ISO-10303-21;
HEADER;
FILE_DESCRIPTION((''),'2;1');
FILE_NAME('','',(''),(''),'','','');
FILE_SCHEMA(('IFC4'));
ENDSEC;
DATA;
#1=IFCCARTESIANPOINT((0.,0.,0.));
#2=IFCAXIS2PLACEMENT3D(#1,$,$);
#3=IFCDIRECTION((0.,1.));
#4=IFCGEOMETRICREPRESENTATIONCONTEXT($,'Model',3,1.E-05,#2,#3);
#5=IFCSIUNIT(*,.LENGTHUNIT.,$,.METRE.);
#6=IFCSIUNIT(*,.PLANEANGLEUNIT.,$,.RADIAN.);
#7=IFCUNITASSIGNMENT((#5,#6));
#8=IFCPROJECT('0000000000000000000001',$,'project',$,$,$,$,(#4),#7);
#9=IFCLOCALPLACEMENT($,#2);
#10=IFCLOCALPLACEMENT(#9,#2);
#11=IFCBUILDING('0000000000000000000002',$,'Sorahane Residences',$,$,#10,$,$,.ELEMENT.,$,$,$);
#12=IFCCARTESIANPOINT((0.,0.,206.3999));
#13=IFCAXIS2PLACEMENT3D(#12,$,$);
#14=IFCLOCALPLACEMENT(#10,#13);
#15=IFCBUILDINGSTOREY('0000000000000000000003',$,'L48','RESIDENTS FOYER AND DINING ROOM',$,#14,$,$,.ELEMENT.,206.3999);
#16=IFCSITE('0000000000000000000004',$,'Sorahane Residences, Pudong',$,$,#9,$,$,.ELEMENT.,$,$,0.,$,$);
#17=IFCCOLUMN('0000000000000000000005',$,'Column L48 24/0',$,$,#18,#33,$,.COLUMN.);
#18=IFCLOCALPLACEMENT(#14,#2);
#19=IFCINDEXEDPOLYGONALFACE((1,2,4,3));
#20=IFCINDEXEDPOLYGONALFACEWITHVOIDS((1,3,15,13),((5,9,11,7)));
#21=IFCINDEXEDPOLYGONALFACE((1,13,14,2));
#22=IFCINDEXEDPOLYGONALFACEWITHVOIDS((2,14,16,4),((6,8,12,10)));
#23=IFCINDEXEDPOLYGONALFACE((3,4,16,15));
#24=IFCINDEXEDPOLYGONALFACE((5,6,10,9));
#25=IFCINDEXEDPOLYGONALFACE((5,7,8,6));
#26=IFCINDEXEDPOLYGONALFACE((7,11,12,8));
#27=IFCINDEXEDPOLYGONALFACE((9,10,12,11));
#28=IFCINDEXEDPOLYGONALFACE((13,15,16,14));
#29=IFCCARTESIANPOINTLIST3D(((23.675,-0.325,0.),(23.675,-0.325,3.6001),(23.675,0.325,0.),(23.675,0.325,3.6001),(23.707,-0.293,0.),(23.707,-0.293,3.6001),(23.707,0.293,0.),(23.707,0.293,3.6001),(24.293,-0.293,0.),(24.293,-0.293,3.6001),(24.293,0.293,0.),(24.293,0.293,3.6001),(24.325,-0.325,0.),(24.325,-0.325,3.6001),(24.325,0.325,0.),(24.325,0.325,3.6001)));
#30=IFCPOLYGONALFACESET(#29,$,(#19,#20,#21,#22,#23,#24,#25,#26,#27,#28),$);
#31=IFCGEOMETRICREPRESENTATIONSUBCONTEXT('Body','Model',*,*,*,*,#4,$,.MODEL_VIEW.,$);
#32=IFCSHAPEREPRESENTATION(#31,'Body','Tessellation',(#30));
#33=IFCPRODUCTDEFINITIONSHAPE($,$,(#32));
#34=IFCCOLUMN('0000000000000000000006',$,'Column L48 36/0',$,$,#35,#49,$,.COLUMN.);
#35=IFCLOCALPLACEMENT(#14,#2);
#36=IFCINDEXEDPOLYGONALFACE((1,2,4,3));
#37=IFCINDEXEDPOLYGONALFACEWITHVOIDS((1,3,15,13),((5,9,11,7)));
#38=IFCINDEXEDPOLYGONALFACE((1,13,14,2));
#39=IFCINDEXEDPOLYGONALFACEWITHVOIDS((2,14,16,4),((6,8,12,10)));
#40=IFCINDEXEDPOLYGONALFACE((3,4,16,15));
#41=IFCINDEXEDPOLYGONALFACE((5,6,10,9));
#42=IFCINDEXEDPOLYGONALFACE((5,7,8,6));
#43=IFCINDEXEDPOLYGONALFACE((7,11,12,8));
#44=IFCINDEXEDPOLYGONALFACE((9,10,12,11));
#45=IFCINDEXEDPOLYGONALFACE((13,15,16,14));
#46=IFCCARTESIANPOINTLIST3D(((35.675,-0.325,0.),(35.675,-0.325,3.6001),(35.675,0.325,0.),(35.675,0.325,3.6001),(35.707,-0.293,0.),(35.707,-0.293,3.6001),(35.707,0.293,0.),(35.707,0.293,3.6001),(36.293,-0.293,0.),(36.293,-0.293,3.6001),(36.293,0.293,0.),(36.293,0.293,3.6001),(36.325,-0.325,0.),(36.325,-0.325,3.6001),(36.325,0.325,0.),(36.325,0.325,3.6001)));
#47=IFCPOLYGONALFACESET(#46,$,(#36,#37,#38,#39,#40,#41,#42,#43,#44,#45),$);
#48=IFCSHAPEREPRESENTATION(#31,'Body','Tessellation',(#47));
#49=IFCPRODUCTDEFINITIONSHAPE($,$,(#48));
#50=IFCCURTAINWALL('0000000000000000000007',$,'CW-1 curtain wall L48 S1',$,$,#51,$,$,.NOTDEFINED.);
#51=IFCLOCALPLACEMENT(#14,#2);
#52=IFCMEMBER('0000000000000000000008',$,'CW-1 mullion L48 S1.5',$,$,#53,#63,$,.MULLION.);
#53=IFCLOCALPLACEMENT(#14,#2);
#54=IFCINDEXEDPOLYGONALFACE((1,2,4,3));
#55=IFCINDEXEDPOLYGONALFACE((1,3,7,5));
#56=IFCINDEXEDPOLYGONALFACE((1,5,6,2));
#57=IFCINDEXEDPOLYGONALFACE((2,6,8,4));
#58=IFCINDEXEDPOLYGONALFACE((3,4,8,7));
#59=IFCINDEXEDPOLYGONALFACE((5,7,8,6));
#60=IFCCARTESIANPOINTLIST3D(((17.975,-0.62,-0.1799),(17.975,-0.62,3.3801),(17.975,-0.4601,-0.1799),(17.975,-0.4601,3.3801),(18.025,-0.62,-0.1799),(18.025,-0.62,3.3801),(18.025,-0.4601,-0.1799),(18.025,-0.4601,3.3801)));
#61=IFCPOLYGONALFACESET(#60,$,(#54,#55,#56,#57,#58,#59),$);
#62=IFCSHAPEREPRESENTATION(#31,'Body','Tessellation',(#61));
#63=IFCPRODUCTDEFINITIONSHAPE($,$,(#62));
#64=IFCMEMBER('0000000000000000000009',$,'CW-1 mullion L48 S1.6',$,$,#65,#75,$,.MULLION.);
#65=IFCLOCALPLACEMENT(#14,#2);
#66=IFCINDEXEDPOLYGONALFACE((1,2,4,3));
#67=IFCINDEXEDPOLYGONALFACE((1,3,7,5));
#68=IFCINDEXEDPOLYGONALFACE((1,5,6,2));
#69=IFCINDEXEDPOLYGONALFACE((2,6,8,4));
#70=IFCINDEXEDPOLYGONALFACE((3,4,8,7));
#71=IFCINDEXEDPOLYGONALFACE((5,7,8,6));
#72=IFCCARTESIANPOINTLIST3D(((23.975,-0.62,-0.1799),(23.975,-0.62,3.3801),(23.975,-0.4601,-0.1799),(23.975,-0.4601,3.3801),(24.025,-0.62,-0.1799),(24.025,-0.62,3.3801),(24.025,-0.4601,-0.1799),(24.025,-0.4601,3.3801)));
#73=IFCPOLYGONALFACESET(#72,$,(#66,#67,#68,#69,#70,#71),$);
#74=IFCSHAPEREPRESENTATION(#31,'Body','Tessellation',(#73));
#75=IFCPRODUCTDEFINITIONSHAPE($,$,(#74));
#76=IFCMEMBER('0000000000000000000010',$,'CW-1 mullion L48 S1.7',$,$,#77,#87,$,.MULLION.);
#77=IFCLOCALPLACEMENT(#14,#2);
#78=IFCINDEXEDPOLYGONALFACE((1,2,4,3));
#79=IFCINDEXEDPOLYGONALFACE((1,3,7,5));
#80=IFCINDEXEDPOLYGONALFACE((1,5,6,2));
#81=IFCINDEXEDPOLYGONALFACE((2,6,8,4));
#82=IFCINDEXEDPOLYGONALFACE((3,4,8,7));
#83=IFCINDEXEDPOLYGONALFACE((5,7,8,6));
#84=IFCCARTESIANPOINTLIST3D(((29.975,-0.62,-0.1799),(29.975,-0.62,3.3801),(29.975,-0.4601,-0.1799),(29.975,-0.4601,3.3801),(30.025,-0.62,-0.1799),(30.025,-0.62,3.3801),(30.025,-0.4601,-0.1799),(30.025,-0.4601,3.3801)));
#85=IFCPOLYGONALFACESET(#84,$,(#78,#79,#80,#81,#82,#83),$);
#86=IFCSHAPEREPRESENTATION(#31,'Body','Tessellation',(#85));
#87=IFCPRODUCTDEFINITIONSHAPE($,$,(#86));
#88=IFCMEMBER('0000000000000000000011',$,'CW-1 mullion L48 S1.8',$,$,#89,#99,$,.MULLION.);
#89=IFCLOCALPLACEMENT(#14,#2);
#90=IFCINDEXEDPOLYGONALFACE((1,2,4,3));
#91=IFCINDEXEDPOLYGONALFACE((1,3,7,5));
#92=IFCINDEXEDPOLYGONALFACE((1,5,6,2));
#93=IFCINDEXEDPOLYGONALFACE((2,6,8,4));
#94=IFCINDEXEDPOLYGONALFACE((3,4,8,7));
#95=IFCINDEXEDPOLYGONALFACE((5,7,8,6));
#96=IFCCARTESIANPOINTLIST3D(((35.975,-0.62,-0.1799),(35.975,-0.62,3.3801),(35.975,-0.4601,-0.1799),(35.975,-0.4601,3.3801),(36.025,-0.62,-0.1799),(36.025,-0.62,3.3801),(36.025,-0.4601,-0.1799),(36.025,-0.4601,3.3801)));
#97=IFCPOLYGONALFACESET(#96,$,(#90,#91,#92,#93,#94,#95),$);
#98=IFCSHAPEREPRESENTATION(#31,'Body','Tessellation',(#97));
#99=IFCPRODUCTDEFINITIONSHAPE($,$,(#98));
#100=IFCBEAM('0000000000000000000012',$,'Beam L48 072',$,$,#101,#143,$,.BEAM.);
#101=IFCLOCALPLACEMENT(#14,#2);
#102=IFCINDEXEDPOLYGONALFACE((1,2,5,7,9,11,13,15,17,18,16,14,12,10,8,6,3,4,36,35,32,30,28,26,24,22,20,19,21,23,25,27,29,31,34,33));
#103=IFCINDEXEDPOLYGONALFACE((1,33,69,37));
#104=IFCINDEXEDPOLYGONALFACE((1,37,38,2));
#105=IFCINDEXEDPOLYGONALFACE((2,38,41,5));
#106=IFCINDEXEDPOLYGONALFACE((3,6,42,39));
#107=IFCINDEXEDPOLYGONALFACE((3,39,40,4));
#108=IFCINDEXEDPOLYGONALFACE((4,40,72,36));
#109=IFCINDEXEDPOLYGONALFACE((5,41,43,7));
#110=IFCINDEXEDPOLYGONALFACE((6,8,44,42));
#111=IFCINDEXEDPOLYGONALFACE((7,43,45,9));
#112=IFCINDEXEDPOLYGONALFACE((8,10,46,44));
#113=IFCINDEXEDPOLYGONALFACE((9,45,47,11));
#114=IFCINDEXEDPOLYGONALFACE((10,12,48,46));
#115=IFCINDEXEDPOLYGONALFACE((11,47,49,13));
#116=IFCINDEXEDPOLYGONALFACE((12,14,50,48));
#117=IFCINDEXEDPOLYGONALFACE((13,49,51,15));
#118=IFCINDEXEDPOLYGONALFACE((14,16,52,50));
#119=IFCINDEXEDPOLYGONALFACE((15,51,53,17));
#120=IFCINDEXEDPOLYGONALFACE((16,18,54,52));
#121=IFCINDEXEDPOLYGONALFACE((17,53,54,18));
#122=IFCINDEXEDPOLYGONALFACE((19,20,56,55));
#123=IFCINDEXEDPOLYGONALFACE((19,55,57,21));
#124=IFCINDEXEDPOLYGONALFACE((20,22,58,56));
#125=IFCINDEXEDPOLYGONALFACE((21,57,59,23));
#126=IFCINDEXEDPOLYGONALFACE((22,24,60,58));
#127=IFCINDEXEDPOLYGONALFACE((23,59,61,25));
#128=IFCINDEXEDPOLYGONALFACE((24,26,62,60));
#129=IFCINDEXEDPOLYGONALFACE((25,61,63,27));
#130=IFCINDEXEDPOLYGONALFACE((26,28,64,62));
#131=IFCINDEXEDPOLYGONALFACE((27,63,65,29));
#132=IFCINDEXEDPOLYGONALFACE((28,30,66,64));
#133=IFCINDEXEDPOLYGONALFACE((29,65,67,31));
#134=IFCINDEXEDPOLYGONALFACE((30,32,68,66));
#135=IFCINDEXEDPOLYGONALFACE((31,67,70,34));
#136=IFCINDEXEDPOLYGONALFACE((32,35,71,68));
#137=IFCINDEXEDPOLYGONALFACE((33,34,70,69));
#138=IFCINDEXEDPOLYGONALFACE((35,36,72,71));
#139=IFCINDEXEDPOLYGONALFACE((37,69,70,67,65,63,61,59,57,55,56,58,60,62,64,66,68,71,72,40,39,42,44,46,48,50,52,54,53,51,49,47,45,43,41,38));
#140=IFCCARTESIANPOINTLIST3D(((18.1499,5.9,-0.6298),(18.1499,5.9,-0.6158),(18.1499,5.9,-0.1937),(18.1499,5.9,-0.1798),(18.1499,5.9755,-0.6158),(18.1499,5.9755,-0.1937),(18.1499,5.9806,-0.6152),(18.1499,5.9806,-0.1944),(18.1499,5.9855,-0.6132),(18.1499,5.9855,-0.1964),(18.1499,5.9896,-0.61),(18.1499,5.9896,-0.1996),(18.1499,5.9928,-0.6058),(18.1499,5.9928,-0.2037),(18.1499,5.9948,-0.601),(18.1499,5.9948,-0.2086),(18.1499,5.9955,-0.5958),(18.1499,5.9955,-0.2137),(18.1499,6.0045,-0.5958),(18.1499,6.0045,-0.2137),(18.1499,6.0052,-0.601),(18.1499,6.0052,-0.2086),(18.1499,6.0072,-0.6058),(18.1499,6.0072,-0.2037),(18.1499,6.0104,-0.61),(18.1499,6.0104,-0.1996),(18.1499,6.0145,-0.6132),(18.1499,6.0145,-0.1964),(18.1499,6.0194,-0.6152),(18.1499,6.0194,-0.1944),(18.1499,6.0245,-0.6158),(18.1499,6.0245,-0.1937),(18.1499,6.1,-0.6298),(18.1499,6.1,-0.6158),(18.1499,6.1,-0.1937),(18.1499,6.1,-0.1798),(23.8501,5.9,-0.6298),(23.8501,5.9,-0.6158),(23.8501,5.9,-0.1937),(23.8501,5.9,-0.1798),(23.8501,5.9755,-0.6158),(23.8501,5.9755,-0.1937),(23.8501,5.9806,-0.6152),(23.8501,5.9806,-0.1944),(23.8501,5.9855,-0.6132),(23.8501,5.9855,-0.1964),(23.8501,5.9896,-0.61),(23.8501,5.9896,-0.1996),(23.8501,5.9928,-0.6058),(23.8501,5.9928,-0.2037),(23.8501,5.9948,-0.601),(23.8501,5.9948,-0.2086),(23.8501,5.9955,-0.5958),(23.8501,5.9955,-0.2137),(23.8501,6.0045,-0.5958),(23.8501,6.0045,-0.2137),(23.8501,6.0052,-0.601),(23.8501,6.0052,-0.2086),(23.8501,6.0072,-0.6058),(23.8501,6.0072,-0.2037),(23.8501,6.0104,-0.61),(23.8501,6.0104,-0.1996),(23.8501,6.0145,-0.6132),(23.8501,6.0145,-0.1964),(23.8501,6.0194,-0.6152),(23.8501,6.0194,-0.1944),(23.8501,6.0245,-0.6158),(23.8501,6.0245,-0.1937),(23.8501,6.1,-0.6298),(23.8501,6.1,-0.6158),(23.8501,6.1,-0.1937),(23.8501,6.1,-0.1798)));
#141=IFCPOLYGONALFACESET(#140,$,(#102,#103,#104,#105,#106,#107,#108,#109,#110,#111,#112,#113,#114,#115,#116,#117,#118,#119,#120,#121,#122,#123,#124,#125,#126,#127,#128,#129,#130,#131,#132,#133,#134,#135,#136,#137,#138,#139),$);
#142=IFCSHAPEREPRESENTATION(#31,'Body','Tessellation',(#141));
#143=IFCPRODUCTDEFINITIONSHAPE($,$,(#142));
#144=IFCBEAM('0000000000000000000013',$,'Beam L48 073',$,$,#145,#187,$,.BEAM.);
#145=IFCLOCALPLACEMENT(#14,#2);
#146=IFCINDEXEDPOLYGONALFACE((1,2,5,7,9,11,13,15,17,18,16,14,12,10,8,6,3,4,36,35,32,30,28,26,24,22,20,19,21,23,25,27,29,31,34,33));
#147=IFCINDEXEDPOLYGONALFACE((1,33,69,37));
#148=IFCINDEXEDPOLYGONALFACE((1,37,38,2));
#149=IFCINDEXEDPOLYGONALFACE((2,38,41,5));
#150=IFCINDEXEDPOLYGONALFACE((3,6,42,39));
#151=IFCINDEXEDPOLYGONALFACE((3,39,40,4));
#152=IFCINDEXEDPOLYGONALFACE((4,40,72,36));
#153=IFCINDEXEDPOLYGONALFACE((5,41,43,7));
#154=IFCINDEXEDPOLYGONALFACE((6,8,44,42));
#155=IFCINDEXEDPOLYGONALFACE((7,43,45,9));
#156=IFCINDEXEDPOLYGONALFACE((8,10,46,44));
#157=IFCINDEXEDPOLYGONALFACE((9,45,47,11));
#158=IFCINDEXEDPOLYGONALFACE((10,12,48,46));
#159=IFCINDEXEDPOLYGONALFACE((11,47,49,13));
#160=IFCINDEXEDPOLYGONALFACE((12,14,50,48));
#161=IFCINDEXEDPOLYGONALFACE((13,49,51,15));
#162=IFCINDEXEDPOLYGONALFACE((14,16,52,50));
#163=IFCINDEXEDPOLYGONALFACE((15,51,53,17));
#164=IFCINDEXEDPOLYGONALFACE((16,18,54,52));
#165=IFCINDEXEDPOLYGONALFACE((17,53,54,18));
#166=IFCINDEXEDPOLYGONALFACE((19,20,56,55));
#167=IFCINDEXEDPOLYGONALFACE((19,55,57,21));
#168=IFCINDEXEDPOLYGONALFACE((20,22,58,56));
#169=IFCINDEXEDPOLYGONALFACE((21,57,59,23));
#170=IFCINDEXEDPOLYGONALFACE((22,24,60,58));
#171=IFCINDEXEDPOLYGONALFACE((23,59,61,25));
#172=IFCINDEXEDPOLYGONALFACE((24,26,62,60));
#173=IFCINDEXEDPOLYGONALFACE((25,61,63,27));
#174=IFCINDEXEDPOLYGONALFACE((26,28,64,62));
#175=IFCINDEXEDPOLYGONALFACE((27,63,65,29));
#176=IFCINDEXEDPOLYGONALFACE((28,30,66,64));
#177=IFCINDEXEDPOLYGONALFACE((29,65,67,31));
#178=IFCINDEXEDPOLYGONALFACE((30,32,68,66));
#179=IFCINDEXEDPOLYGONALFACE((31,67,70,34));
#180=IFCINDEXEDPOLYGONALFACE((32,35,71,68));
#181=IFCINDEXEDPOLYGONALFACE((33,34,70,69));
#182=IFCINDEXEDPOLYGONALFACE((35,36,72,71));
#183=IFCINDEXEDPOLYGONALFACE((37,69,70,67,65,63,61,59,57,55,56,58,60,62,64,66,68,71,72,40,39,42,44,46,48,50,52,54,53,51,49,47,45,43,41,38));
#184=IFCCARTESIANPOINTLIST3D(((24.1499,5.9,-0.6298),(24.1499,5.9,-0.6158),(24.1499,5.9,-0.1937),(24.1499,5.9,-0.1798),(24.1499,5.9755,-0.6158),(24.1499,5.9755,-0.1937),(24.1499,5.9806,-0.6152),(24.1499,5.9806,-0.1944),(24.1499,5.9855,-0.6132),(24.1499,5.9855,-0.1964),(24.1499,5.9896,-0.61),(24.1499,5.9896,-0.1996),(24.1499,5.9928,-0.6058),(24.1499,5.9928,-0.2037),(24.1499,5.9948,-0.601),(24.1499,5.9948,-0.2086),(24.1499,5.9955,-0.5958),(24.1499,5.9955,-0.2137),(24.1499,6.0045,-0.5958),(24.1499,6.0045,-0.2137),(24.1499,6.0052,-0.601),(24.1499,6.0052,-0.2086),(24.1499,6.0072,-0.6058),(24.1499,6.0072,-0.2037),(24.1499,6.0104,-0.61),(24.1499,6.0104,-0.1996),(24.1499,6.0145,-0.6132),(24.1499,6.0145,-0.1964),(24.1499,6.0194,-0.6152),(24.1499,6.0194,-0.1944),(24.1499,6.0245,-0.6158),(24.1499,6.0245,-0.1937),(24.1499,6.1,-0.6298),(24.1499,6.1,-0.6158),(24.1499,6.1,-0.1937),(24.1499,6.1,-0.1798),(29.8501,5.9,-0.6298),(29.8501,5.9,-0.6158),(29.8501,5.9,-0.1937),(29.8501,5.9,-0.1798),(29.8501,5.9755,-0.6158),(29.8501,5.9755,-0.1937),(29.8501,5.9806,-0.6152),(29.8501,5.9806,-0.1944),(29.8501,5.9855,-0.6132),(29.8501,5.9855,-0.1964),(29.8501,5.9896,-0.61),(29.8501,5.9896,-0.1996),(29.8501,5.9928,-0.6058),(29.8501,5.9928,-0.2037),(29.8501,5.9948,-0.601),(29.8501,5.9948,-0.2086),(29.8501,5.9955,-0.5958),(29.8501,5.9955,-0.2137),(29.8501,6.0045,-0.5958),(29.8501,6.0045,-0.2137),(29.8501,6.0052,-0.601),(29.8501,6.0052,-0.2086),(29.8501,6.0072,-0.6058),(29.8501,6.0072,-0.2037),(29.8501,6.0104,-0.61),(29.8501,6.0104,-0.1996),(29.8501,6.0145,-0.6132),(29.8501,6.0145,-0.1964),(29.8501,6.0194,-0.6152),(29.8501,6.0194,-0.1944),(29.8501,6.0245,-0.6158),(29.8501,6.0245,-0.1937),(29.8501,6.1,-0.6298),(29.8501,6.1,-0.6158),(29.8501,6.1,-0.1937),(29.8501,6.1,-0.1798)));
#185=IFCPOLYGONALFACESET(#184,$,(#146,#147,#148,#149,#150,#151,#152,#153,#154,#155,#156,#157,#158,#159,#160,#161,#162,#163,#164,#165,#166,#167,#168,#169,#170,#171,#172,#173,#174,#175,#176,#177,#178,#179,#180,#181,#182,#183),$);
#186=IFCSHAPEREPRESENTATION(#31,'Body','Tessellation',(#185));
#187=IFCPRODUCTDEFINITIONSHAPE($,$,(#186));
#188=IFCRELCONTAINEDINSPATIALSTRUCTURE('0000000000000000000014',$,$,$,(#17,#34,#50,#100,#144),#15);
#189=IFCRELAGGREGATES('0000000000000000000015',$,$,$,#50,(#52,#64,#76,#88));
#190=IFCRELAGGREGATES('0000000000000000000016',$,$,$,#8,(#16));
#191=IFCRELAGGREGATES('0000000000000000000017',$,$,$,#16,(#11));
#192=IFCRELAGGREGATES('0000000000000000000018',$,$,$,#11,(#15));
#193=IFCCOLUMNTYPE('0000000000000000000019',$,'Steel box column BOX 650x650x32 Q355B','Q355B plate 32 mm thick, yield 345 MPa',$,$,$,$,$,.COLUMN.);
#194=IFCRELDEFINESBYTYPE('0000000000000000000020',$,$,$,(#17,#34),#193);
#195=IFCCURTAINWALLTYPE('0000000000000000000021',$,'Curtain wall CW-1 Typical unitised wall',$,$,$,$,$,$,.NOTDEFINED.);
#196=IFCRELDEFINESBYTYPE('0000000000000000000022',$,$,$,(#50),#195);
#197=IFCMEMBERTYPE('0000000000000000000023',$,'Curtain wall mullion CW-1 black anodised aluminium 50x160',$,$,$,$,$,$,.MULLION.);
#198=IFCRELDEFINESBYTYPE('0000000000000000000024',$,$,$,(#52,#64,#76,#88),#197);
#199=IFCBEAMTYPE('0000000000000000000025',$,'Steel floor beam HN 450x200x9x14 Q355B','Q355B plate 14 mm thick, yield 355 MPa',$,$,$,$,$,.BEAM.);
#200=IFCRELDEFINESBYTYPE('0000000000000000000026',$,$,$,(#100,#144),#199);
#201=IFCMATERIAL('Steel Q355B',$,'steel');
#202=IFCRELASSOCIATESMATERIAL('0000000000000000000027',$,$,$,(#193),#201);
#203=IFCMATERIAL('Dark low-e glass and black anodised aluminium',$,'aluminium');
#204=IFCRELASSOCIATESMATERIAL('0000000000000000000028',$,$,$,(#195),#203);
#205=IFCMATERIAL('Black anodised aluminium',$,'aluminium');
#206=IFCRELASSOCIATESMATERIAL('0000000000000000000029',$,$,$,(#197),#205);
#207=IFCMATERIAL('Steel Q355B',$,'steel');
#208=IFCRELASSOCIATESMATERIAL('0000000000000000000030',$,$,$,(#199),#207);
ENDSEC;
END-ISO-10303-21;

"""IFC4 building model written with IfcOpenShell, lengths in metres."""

from ifc_helpers import new_model, si_unit, direction, frame, origin, origin_2d, place, context, subcontext, project, spatial, rectangle, hollow_rectangle, i_section, extrude, material, material_profile, profile_set, type_object, element, aggregate, save


model = new_model("IFC4")

# Units and contexts
model_context = context("Model", 3, precision=1e-05, world=origin(), true_north=direction((0.0, 1.0)))
body_context = subcontext(model_context, "Body", "Model", "MODEL_VIEW")
ifc_project = project(units=[si_unit("LENGTHUNIT", "METRE"), si_unit("PLANEANGLEUNIT", "RADIAN")], contexts=[model_context])

# Site, building, storey
site_placement = place(None, origin())
site = spatial("IfcSite", under=ifc_project, at=site_placement, Name="Sorahane Residences, Pudong", CompositionType="ELEMENT", RefElevation=0.0)
building_placement = place(site_placement, origin())
building = spatial("IfcBuilding", under=site, at=building_placement, Name="Sorahane Residences", CompositionType="ELEMENT")
storey_placement = place(building_placement, frame((0.0, 0.0, 206.3999)))
storey = spatial("IfcBuildingStorey", under=building, at=storey_placement, Name="L48", Description="RESIDENTS FOYER AND DINING ROOM", CompositionType="ELEMENT", Elevation=206.3999)

# Columns
ifc_material_1 = material(Name="Steel Q355B", Category="steel")
ifc_material_profile_1 = material_profile(ifc_material_1, hollow_rectangle(XDim=0.6499, YDim=0.6499, WallThickness=0.032, at=origin_2d()), Name="BOX 650x650x32")
ifc_profile_set_1 = profile_set([ifc_material_profile_1], Name="Steel Q355B")
column_type = type_object("IfcColumnType", Name="Steel box column BOX 650x650x32 Q355B", Description="Q355B plate 32 mm thick, yield 345 MPa", PredefinedType="COLUMN", material=ifc_profile_set_1)
for number, where, z_axis, x_axis, name in (
    (1, (24.0, 0.0, 0.0), (0.0, 0.0, 1.0), (1.0, 0.0, 0.0), "Column L48 24/0"),
    (2, (36.0, 0.0, 0.0), (0.0, 0.0, 1.0), (1.0, 0.0, 0.0), "Column L48 36/0"),
):
    element("IfcColumn", number, at=place(storey_placement, frame(where, z_axis=z_axis, x_axis=x_axis)), inside=storey, type_object=column_type, Name=name, PredefinedType="COLUMN", context=body_context, shape_type="SweptSolid", body=[
        extrude(hollow_rectangle(XDim=0.6499, YDim=0.6499, WallThickness=0.032, at=origin_2d()), origin(), (0.0, 0.0, 1.0), 3.6001),
    ])

# Curtain wall, members
ifc_material_2 = material(Name="Dark low-e glass and black anodised aluminium", Category="aluminium")
curtain_wall_type = type_object("IfcCurtainWallType", Name="Curtain wall CW-1 Typical unitised wall", PredefinedType="NOTDEFINED", material=ifc_material_2)
curtain_wall_placement = place(storey_placement, origin())
curtain_wall = element("IfcCurtainWall", 3, at=curtain_wall_placement, inside=storey, type_object=curtain_wall_type, Name="CW-1 curtain wall L48 S1", PredefinedType="NOTDEFINED")
ifc_material_3 = material(Name="Black anodised aluminium", Category="aluminium")
ifc_material_profile_2 = material_profile(ifc_material_3, rectangle(XDim=0.1599, YDim=0.05, at=origin_2d()), Name="Curtain wall mullion CW-1 black anodised aluminium 50x160")
ifc_profile_set_2 = profile_set([ifc_material_profile_2], Name="Black anodised aluminium")
member_type = type_object("IfcMemberType", Name="Curtain wall mullion CW-1 black anodised aluminium 50x160", PredefinedType="MULLION", material=ifc_profile_set_2)
member_1_placement = place(storey_placement, frame((18.0, -0.54, -0.1799), z_axis=(0.0, 0.0, 1.0), x_axis=(0.0, -1.0, 0.0)))
member_1 = element("IfcMember", 4, at=member_1_placement, type_object=member_type, Name="CW-1 mullion L48 S1.5", PredefinedType="MULLION", context=body_context, shape_type="SweptSolid", body=[
    extrude(rectangle(XDim=0.1599, YDim=0.05, at=origin_2d()), origin(), (0.0, 0.0, 1.0), 3.5601),
])
member_2_placement = place(storey_placement, frame((24.0, -0.54, -0.1799), z_axis=(0.0, 0.0, 1.0), x_axis=(0.0, -1.0, 0.0)))
member_2 = element("IfcMember", 5, at=member_2_placement, type_object=member_type, Name="CW-1 mullion L48 S1.6", PredefinedType="MULLION", context=body_context, shape_type="SweptSolid", body=[
    extrude(rectangle(XDim=0.1599, YDim=0.05, at=origin_2d()), origin(), (0.0, 0.0, 1.0), 3.5601),
])
member_3_placement = place(storey_placement, frame((30.0, -0.54, -0.1799), z_axis=(0.0, 0.0, 1.0), x_axis=(0.0, -1.0, 0.0)))
member_3 = element("IfcMember", 6, at=member_3_placement, type_object=member_type, Name="CW-1 mullion L48 S1.7", PredefinedType="MULLION", context=body_context, shape_type="SweptSolid", body=[
    extrude(rectangle(XDim=0.1599, YDim=0.05, at=origin_2d()), origin(), (0.0, 0.0, 1.0), 3.5601),
])
member_4_placement = place(storey_placement, frame((36.0, -0.54, -0.1799), z_axis=(0.0, 0.0, 1.0), x_axis=(0.0, -1.0, 0.0)))
member_4 = element("IfcMember", 7, at=member_4_placement, type_object=member_type, Name="CW-1 mullion L48 S1.8", PredefinedType="MULLION", context=body_context, shape_type="SweptSolid", body=[
    extrude(rectangle(XDim=0.1599, YDim=0.05, at=origin_2d()), origin(), (0.0, 0.0, 1.0), 3.5601),
])

# Beams
ifc_material_4 = material(Name="Steel Q355B", Category="steel")
ifc_material_profile_3 = material_profile(ifc_material_4, i_section(OverallWidth=0.2, OverallDepth=0.45, WebThickness=0.009, FlangeThickness=0.0139, FilletRadius=0.02, at=origin_2d()), Name="HN 450x200x9x14")
ifc_profile_set_3 = profile_set([ifc_material_profile_3], Name="Steel Q355B")
beam_type_1 = type_object("IfcBeamType", Name="Steel floor beam HN 450x200x9x14 Q355B", Description="Q355B plate 14 mm thick, yield 355 MPa", PredefinedType="BEAM", material=ifc_profile_set_3)
for number, where, z_axis, x_axis, name in (
    (8, (18.1499, 6.0, -0.4048), (1.0, 0.0, 0.0), (0.0, 1.0, 0.0), "Beam L48 072"),
    (9, (24.1499, 6.0, -0.4048), (1.0, 0.0, 0.0), (0.0, 1.0, 0.0), "Beam L48 073"),
):
    element("IfcBeam", number, at=place(storey_placement, frame(where, z_axis=z_axis, x_axis=x_axis)), inside=storey, type_object=beam_type_1, Name=name, PredefinedType="BEAM", context=body_context, shape_type="SweptSolid", body=[
        extrude(i_section(OverallWidth=0.2, OverallDepth=0.45, WebThickness=0.009, FlangeThickness=0.0139, FilletRadius=0.02, at=origin_2d()), origin(), (0.0, 0.0, 1.0), 5.7002),
    ])

aggregate(curtain_wall, [member_1, member_2, member_3, member_4])

save(model, "model.ifc")
